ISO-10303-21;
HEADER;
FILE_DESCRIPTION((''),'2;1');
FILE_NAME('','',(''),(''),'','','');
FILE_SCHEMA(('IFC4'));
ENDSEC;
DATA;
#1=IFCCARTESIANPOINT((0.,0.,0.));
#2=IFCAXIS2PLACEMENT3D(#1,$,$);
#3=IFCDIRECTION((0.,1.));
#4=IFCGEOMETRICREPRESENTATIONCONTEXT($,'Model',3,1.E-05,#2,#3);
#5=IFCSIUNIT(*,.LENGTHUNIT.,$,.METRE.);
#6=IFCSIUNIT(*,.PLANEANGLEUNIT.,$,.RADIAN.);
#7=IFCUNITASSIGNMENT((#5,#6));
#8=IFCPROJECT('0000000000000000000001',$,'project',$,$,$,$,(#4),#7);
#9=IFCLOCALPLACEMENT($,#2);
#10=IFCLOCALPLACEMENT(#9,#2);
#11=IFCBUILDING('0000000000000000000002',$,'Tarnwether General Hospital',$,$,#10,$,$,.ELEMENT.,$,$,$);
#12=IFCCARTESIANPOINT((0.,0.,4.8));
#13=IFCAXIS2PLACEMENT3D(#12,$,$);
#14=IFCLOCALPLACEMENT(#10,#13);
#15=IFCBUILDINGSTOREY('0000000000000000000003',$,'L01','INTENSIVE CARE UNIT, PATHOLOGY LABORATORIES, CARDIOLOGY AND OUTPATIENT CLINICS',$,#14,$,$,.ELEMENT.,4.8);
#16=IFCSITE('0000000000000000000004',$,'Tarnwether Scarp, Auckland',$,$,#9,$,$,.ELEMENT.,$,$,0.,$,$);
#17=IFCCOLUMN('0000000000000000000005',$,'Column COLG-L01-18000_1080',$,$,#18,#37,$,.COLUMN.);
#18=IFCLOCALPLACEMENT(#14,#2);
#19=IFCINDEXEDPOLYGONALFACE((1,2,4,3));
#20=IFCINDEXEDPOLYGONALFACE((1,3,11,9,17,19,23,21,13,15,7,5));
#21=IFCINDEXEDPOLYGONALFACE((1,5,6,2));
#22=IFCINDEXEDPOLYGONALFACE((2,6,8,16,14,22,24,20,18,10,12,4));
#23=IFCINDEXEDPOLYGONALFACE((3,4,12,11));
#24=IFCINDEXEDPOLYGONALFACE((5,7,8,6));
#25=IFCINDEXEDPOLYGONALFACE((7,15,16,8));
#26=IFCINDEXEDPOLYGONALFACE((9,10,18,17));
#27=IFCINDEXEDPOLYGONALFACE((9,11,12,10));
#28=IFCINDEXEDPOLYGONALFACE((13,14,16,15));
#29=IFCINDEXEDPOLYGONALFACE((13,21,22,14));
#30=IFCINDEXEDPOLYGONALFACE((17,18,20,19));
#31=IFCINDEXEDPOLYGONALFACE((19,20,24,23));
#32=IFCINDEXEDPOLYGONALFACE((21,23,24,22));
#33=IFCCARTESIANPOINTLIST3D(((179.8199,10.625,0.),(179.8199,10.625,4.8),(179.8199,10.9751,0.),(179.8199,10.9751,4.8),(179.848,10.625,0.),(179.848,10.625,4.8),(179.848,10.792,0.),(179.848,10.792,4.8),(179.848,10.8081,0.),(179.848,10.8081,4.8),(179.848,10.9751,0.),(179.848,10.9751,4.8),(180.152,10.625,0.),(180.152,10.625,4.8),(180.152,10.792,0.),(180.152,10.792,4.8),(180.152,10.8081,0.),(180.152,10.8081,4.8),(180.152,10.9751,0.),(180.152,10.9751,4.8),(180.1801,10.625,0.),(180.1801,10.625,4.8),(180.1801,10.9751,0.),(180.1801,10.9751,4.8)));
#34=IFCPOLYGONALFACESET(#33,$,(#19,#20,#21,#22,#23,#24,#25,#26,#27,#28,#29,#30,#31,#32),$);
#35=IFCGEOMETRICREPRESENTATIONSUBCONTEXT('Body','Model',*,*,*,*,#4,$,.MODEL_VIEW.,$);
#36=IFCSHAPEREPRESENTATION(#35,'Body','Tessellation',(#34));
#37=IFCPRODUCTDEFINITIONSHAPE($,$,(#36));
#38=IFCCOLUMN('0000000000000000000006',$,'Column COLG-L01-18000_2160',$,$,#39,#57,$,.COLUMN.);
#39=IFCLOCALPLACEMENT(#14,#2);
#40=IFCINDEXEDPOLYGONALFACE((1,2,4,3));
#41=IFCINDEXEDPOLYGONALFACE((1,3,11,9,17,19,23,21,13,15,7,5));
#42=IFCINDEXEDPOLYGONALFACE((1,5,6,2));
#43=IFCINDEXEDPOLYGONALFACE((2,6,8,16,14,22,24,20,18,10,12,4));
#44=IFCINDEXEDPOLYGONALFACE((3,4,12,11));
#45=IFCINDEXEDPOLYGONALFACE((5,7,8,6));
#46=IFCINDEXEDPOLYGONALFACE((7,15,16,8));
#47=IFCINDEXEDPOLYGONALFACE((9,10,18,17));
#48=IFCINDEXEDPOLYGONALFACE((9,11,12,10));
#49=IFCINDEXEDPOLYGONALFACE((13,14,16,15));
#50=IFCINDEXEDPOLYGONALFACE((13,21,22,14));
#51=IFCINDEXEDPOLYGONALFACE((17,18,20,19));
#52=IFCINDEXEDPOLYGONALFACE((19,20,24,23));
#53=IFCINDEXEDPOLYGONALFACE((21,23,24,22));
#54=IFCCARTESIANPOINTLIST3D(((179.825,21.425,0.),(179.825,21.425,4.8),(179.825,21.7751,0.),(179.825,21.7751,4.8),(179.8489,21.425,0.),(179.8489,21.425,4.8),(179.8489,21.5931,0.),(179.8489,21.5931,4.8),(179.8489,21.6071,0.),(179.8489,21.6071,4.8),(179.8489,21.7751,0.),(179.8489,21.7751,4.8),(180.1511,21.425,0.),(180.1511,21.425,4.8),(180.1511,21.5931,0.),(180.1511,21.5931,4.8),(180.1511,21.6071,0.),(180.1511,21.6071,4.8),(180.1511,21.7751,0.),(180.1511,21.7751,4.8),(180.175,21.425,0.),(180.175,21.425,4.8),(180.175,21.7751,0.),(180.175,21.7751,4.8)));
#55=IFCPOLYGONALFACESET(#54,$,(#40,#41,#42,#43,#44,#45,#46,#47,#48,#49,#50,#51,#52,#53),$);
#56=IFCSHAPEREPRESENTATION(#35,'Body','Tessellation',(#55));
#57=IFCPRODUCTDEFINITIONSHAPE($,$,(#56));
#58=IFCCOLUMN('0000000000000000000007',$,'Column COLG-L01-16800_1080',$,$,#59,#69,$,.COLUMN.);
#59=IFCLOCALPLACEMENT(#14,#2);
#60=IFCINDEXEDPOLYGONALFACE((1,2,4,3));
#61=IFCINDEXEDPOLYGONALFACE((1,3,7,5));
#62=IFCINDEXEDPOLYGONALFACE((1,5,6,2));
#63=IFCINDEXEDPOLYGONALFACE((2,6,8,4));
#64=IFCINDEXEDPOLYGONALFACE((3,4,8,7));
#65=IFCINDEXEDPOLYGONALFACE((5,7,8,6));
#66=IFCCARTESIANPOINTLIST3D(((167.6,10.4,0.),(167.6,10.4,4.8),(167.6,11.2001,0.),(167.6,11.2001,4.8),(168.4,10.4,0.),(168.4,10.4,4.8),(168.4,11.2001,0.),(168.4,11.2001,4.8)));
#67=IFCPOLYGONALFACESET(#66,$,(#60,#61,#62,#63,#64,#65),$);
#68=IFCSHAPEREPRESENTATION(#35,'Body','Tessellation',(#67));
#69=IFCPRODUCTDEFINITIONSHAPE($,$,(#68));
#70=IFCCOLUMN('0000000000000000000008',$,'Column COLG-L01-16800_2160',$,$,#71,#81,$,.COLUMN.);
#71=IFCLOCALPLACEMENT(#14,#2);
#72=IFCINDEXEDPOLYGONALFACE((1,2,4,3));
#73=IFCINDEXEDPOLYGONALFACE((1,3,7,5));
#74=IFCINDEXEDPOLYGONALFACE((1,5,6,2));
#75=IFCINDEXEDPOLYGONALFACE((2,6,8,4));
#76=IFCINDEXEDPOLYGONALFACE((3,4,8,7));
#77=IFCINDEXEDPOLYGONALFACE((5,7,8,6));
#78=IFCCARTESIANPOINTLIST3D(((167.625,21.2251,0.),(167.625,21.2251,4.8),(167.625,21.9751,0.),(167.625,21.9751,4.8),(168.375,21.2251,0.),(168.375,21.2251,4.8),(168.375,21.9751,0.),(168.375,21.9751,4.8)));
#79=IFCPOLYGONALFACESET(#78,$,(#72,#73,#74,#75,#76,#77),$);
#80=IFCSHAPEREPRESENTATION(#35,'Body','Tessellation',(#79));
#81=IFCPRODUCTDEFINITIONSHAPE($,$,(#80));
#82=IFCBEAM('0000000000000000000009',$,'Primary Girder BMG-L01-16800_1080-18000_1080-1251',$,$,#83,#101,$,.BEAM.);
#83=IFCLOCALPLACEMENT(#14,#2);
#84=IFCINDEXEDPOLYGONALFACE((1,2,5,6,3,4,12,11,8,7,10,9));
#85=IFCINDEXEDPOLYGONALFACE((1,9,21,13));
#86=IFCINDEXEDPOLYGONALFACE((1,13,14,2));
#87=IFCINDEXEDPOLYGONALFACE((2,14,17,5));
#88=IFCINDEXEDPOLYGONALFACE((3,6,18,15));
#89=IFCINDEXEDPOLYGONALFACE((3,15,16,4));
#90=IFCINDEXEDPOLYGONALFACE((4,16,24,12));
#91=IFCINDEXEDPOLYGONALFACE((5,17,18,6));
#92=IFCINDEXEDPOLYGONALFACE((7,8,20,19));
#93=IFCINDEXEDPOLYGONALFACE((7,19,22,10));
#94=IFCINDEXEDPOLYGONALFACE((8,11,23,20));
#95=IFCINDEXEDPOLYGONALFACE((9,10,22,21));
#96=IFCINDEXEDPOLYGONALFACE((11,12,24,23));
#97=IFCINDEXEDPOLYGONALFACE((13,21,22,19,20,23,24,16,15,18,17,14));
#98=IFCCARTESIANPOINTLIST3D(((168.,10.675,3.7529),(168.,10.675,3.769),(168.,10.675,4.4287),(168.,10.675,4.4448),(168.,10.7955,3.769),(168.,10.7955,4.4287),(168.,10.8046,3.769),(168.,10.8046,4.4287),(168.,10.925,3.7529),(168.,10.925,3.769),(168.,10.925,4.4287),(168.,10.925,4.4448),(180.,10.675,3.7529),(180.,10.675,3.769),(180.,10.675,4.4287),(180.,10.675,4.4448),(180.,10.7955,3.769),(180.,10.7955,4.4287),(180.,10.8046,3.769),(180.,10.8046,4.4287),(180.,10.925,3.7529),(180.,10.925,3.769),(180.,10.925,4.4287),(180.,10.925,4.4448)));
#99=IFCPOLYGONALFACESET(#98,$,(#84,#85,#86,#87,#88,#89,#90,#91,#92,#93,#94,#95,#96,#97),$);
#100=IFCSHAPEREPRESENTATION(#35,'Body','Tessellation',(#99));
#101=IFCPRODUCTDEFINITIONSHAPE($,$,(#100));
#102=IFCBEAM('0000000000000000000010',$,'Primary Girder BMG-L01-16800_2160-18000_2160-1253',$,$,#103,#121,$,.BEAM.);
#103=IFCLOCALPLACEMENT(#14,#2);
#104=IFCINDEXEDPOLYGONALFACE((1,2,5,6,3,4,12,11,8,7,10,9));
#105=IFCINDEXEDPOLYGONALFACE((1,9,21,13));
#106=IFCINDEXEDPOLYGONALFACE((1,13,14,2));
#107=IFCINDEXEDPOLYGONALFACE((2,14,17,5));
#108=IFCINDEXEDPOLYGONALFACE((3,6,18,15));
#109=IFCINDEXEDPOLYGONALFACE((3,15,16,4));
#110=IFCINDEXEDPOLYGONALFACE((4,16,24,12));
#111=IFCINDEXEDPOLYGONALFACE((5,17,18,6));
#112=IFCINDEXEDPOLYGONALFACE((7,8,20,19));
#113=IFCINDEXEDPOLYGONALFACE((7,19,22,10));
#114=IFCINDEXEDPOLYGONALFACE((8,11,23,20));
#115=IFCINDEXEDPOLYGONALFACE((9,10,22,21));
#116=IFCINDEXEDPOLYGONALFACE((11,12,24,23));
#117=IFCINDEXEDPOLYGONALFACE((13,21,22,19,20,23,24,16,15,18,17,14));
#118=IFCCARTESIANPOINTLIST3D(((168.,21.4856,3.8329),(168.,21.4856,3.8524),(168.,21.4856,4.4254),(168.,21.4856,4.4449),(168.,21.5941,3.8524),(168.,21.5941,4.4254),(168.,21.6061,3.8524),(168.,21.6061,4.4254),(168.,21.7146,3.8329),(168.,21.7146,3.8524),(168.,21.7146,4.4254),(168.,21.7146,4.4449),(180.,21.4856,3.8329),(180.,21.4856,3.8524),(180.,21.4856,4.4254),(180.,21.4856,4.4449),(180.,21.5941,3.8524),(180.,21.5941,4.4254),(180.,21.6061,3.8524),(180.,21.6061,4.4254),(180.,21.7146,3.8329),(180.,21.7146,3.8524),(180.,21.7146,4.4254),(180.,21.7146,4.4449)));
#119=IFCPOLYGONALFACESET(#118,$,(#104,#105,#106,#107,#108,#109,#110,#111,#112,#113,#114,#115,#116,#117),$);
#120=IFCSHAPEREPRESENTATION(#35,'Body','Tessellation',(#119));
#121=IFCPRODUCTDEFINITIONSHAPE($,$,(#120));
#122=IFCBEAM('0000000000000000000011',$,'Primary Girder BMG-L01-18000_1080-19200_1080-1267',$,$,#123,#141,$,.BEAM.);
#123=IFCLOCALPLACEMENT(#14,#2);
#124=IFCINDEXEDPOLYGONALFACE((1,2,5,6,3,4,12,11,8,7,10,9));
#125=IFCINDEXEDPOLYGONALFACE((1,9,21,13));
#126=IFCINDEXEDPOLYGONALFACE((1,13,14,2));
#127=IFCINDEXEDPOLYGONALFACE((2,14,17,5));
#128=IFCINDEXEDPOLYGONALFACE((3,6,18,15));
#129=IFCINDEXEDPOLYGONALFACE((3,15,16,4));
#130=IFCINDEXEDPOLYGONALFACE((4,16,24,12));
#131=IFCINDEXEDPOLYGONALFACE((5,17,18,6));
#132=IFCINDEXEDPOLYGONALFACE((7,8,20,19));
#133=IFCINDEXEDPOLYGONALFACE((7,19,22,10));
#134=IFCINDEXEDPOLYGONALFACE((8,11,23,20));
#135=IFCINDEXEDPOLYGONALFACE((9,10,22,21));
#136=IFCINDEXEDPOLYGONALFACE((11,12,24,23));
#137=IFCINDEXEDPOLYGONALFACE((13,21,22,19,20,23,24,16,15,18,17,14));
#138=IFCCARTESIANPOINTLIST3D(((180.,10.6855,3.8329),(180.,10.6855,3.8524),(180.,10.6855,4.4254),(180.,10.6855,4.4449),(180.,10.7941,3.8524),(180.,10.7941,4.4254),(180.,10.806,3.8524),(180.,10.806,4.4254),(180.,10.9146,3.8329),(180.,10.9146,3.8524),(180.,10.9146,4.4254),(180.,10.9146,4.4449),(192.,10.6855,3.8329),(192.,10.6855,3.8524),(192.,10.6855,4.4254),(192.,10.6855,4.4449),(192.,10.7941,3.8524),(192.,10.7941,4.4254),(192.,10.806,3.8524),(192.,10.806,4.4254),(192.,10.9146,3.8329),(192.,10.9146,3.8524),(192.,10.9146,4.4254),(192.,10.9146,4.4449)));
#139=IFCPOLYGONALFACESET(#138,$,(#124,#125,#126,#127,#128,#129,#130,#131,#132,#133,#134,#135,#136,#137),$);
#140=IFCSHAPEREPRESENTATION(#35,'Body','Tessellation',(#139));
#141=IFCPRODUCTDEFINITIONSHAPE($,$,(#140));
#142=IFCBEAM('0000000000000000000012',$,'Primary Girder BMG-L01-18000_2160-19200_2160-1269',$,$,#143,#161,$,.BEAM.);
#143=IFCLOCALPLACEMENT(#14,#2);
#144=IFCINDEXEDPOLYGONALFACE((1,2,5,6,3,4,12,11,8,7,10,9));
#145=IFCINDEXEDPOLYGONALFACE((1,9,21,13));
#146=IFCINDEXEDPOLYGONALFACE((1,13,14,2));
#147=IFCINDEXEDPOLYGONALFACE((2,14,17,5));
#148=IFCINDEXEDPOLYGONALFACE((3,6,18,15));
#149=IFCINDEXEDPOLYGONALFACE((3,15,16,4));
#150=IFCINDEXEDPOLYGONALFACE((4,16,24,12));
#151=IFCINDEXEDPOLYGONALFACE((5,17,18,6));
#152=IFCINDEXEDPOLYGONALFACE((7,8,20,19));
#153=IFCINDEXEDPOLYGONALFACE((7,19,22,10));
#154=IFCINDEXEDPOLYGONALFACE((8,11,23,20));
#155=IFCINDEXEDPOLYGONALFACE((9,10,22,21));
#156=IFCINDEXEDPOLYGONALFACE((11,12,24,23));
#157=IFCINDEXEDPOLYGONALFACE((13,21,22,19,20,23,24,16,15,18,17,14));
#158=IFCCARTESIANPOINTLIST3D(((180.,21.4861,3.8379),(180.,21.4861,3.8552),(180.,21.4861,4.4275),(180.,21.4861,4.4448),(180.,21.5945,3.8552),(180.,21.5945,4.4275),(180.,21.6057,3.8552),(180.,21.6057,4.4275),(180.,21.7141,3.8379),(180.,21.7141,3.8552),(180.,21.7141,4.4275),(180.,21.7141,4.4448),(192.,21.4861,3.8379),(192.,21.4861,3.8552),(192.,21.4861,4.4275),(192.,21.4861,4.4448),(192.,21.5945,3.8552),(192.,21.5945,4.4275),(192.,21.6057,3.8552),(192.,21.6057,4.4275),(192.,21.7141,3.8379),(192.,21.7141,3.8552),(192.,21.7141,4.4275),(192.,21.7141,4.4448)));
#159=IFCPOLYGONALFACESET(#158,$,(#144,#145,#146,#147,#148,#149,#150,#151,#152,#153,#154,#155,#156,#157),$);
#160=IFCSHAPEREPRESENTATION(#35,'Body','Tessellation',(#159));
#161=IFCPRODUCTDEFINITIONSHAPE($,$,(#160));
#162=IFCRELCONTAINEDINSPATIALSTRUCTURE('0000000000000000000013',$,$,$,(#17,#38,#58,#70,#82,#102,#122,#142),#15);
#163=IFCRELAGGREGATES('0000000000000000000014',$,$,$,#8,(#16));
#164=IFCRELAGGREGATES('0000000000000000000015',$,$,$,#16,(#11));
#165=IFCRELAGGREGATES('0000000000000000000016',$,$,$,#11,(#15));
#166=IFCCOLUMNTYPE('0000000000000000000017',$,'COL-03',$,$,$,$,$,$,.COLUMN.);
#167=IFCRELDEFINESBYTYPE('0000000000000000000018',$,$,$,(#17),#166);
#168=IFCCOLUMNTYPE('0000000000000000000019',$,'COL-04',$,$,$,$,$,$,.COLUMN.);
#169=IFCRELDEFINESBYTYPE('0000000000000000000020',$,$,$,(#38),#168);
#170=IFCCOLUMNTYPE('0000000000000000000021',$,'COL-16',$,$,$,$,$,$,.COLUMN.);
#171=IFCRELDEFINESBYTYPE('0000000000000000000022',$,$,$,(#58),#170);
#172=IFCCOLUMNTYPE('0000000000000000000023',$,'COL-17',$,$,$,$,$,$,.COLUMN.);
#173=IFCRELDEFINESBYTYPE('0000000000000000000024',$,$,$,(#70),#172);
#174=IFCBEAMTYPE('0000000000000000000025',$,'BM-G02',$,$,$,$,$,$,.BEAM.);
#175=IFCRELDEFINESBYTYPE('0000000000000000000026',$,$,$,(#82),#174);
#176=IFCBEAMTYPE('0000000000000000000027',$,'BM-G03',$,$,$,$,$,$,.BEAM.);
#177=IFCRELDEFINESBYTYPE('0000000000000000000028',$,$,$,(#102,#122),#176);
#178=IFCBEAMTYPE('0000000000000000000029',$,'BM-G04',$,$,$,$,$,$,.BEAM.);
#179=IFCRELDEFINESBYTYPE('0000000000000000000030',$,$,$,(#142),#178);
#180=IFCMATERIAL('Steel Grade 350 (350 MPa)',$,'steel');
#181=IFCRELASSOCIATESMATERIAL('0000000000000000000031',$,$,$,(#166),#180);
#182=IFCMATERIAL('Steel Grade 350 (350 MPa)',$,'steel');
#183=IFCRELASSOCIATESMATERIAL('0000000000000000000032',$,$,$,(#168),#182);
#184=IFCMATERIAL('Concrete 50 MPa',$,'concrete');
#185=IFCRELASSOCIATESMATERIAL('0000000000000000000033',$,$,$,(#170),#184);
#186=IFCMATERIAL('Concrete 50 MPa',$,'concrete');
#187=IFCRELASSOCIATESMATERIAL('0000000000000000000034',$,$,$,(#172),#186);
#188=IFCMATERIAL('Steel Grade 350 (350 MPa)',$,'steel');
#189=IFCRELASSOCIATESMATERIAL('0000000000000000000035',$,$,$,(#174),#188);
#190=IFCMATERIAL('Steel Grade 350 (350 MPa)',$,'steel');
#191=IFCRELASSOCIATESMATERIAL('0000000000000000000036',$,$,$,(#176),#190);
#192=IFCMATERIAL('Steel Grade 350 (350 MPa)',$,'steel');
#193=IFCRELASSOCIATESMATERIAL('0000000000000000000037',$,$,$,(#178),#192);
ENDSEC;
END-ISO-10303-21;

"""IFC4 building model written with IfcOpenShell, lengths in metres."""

from ifc_helpers import new_model, si_unit, direction, frame, origin, origin_2d, place, context, subcontext, project, spatial, rectangle, i_section, extrude, material, material_profile, profile_set, type_object, element, save


model = new_model("IFC4")

# Units and contexts
model_context = context("Model", 3, precision=1e-05, world=origin(), true_north=direction((0.0, 1.0)))
body_context = subcontext(model_context, "Body", "Model", "MODEL_VIEW")
ifc_project = project(units=[si_unit("LENGTHUNIT", "METRE"), si_unit("PLANEANGLEUNIT", "RADIAN")], contexts=[model_context])

# Site, building, storey
site_placement = place(None, origin())
site = spatial("IfcSite", under=ifc_project, at=site_placement, Name="Tarnwether Scarp, Auckland", CompositionType="ELEMENT", RefElevation=0.0)
building_placement = place(site_placement, origin())
building = spatial("IfcBuilding", under=site, at=building_placement, Name="Tarnwether General Hospital", CompositionType="ELEMENT")
storey_placement = place(building_placement, frame((0.0, 0.0, 4.8)))
storey = spatial("IfcBuildingStorey", under=building, at=storey_placement, Name="L01", Description="INTENSIVE CARE UNIT, PATHOLOGY LABORATORIES, CARDIOLOGY AND OUTPATIENT CLINICS", CompositionType="ELEMENT", Elevation=4.8)

# Columns
ifc_material_1 = material(Name="Steel Grade 350 (350 MPa)", Category="steel")
ifc_material_profile_1 = material_profile(ifc_material_1, i_section(OverallWidth=0.3501, OverallDepth=0.3601, WebThickness=0.0161, FlangeThickness=0.0281, at=origin_2d()), Name="350WC230")
ifc_profile_set_1 = profile_set([ifc_material_profile_1], Name="Steel Grade 350 (350 MPa)")
column_type_1 = type_object("IfcColumnType", Name="COL-03", PredefinedType="COLUMN", material=ifc_profile_set_1)
column_1_placement = place(storey_placement, frame((180.0, 10.8, 0.0), z_axis=(0.0, 0.0, 1.0), x_axis=(0.0, 1.0, 0.0)))
element("IfcColumn", 1, at=column_1_placement, inside=storey, type_object=column_type_1, Name="Column COLG-L01-18000_1080", PredefinedType="COLUMN", context=body_context, shape_type="SweptSolid", body=[
    extrude(i_section(OverallWidth=0.3501, OverallDepth=0.3601, WebThickness=0.0161, FlangeThickness=0.0281, at=origin_2d()), origin(), (0.0, 0.0, 1.0), 4.8),
])
ifc_material_2 = material(Name="Steel Grade 350 (350 MPa)", Category="steel")
ifc_material_profile_2 = material_profile(ifc_material_2, i_section(OverallWidth=0.3501, OverallDepth=0.3501, WebThickness=0.0139, FlangeThickness=0.0239, at=origin_2d()), Name="350WC197")
ifc_profile_set_2 = profile_set([ifc_material_profile_2], Name="Steel Grade 350 (350 MPa)")
column_type_2 = type_object("IfcColumnType", Name="COL-04", PredefinedType="COLUMN", material=ifc_profile_set_2)
column_2_placement = place(storey_placement, frame((180.0, 21.6001, 0.0), z_axis=(0.0, 0.0, 1.0), x_axis=(0.0, 1.0, 0.0)))
element("IfcColumn", 2, at=column_2_placement, inside=storey, type_object=column_type_2, Name="Column COLG-L01-18000_2160", PredefinedType="COLUMN", context=body_context, shape_type="SweptSolid", body=[
    extrude(i_section(OverallWidth=0.3501, OverallDepth=0.3501, WebThickness=0.0139, FlangeThickness=0.0239, at=origin_2d()), origin(), (0.0, 0.0, 1.0), 4.8),
])
ifc_material_3 = material(Name="Concrete 50 MPa", Category="concrete")
ifc_material_profile_3 = material_profile(ifc_material_3, rectangle(XDim=0.8, YDim=0.8, at=origin_2d()), Name="RC-COL-800x800")
ifc_profile_set_3 = profile_set([ifc_material_profile_3], Name="Concrete 50 MPa")
column_type_3 = type_object("IfcColumnType", Name="COL-16", PredefinedType="COLUMN", material=ifc_profile_set_3)
column_3_placement = place(storey_placement, frame((168.0, 10.8, 0.0), z_axis=(0.0, 0.0, 1.0), x_axis=(1.0, 0.0, 0.0)))
element("IfcColumn", 3, at=column_3_placement, inside=storey, type_object=column_type_3, Name="Column COLG-L01-16800_1080", PredefinedType="COLUMN", context=body_context, shape_type="SweptSolid", body=[
    extrude(rectangle(XDim=0.8, YDim=0.8, at=origin_2d()), origin(), (0.0, 0.0, 1.0), 4.8),
])
ifc_material_4 = material(Name="Concrete 50 MPa", Category="concrete")
ifc_material_profile_4 = material_profile(ifc_material_4, rectangle(XDim=0.75, YDim=0.75, at=origin_2d()), Name="RC-COL-750x750")
ifc_profile_set_4 = profile_set([ifc_material_profile_4], Name="Concrete 50 MPa")
column_type_4 = type_object("IfcColumnType", Name="COL-17", PredefinedType="COLUMN", material=ifc_profile_set_4)
column_4_placement = place(storey_placement, frame((168.0, 21.6001, 0.0), z_axis=(0.0, 0.0, 1.0), x_axis=(1.0, 0.0, 0.0)))
element("IfcColumn", 4, at=column_4_placement, inside=storey, type_object=column_type_4, Name="Column COLG-L01-16800_2160", PredefinedType="COLUMN", context=body_context, shape_type="SweptSolid", body=[
    extrude(rectangle(XDim=0.75, YDim=0.75, at=origin_2d()), origin(), (0.0, 0.0, 1.0), 4.8),
])

# Beams
ifc_material_5 = material(Name="Steel Grade 350 (350 MPa)", Category="steel")
ifc_material_profile_5 = material_profile(ifc_material_5, i_section(OverallWidth=0.25, OverallDepth=0.6919, WebThickness=0.009, FlangeThickness=0.0161, at=origin_2d()), Name="700WB115")
ifc_profile_set_5 = profile_set([ifc_material_profile_5], Name="Steel Grade 350 (350 MPa)")
beam_type_1 = type_object("IfcBeamType", Name="BM-G02", PredefinedType="BEAM", material=ifc_profile_set_5)
beam_1_placement = place(storey_placement, frame((168.0, 10.8, 4.0989), z_axis=(1.0, 0.0, 0.0), x_axis=(0.0, 1.0, 0.0)))
element("IfcBeam", 5, at=beam_1_placement, inside=storey, type_object=beam_type_1, Name="Primary Girder BMG-L01-16800_1080-18000_1080-1251", PredefinedType="BEAM", context=body_context, shape_type="SweptSolid", body=[
    extrude(i_section(OverallWidth=0.25, OverallDepth=0.6919, WebThickness=0.009, FlangeThickness=0.0161, at=origin_2d()), origin(), (0.0, 0.0, 1.0), 12.0),
])
ifc_material_6 = material(Name="Steel Grade 350 (350 MPa)", Category="steel")
ifc_material_profile_6 = material_profile(ifc_material_6, i_section(OverallWidth=0.229, OverallDepth=0.6121, WebThickness=0.012, FlangeThickness=0.0195, at=origin_2d()), Name="610UB125")
ifc_profile_set_6 = profile_set([ifc_material_profile_6], Name="Steel Grade 350 (350 MPa)")
beam_type_2 = type_object("IfcBeamType", Name="BM-G03", PredefinedType="BEAM", material=ifc_profile_set_6)
for number, where, z_axis, x_axis, name in (
    (6, (168.0, 21.6001, 4.1389), (1.0, 0.0, 0.0), (0.0, 1.0, 0.0), "Primary Girder BMG-L01-16800_2160-18000_2160-1253"),
    (7, (180.0, 10.8, 4.1389), (1.0, 0.0, 0.0), (0.0, 1.0, 0.0), "Primary Girder BMG-L01-18000_1080-19200_1080-1267"),
):
    element("IfcBeam", number, at=place(storey_placement, frame(where, z_axis=z_axis, x_axis=x_axis)), inside=storey, type_object=beam_type_2, Name=name, PredefinedType="BEAM", context=body_context, shape_type="SweptSolid", body=[
        extrude(i_section(OverallWidth=0.229, OverallDepth=0.6121, WebThickness=0.012, FlangeThickness=0.0195, at=origin_2d()), origin(), (0.0, 0.0, 1.0), 12.0),
    ])
ifc_material_7 = material(Name="Steel Grade 350 (350 MPa)", Category="steel")
ifc_material_profile_7 = material_profile(ifc_material_7, i_section(OverallWidth=0.228, OverallDepth=0.6069, WebThickness=0.0112, FlangeThickness=0.0173, at=origin_2d()), Name="610UB113")
ifc_profile_set_7 = profile_set([ifc_material_profile_7], Name="Steel Grade 350 (350 MPa)")
beam_type_3 = type_object("IfcBeamType", Name="BM-G04", PredefinedType="BEAM", material=ifc_profile_set_7)
beam_2_placement = place(storey_placement, frame((180.0, 21.6001, 4.1414), z_axis=(1.0, 0.0, 0.0), x_axis=(0.0, 1.0, 0.0)))
element("IfcBeam", 8, at=beam_2_placement, inside=storey, type_object=beam_type_3, Name="Primary Girder BMG-L01-18000_2160-19200_2160-1269", PredefinedType="BEAM", context=body_context, shape_type="SweptSolid", body=[
    extrude(i_section(OverallWidth=0.228, OverallDepth=0.6069, WebThickness=0.0112, FlangeThickness=0.0173, at=origin_2d()), origin(), (0.0, 0.0, 1.0), 12.0),
])

save(model, "model.ifc")
